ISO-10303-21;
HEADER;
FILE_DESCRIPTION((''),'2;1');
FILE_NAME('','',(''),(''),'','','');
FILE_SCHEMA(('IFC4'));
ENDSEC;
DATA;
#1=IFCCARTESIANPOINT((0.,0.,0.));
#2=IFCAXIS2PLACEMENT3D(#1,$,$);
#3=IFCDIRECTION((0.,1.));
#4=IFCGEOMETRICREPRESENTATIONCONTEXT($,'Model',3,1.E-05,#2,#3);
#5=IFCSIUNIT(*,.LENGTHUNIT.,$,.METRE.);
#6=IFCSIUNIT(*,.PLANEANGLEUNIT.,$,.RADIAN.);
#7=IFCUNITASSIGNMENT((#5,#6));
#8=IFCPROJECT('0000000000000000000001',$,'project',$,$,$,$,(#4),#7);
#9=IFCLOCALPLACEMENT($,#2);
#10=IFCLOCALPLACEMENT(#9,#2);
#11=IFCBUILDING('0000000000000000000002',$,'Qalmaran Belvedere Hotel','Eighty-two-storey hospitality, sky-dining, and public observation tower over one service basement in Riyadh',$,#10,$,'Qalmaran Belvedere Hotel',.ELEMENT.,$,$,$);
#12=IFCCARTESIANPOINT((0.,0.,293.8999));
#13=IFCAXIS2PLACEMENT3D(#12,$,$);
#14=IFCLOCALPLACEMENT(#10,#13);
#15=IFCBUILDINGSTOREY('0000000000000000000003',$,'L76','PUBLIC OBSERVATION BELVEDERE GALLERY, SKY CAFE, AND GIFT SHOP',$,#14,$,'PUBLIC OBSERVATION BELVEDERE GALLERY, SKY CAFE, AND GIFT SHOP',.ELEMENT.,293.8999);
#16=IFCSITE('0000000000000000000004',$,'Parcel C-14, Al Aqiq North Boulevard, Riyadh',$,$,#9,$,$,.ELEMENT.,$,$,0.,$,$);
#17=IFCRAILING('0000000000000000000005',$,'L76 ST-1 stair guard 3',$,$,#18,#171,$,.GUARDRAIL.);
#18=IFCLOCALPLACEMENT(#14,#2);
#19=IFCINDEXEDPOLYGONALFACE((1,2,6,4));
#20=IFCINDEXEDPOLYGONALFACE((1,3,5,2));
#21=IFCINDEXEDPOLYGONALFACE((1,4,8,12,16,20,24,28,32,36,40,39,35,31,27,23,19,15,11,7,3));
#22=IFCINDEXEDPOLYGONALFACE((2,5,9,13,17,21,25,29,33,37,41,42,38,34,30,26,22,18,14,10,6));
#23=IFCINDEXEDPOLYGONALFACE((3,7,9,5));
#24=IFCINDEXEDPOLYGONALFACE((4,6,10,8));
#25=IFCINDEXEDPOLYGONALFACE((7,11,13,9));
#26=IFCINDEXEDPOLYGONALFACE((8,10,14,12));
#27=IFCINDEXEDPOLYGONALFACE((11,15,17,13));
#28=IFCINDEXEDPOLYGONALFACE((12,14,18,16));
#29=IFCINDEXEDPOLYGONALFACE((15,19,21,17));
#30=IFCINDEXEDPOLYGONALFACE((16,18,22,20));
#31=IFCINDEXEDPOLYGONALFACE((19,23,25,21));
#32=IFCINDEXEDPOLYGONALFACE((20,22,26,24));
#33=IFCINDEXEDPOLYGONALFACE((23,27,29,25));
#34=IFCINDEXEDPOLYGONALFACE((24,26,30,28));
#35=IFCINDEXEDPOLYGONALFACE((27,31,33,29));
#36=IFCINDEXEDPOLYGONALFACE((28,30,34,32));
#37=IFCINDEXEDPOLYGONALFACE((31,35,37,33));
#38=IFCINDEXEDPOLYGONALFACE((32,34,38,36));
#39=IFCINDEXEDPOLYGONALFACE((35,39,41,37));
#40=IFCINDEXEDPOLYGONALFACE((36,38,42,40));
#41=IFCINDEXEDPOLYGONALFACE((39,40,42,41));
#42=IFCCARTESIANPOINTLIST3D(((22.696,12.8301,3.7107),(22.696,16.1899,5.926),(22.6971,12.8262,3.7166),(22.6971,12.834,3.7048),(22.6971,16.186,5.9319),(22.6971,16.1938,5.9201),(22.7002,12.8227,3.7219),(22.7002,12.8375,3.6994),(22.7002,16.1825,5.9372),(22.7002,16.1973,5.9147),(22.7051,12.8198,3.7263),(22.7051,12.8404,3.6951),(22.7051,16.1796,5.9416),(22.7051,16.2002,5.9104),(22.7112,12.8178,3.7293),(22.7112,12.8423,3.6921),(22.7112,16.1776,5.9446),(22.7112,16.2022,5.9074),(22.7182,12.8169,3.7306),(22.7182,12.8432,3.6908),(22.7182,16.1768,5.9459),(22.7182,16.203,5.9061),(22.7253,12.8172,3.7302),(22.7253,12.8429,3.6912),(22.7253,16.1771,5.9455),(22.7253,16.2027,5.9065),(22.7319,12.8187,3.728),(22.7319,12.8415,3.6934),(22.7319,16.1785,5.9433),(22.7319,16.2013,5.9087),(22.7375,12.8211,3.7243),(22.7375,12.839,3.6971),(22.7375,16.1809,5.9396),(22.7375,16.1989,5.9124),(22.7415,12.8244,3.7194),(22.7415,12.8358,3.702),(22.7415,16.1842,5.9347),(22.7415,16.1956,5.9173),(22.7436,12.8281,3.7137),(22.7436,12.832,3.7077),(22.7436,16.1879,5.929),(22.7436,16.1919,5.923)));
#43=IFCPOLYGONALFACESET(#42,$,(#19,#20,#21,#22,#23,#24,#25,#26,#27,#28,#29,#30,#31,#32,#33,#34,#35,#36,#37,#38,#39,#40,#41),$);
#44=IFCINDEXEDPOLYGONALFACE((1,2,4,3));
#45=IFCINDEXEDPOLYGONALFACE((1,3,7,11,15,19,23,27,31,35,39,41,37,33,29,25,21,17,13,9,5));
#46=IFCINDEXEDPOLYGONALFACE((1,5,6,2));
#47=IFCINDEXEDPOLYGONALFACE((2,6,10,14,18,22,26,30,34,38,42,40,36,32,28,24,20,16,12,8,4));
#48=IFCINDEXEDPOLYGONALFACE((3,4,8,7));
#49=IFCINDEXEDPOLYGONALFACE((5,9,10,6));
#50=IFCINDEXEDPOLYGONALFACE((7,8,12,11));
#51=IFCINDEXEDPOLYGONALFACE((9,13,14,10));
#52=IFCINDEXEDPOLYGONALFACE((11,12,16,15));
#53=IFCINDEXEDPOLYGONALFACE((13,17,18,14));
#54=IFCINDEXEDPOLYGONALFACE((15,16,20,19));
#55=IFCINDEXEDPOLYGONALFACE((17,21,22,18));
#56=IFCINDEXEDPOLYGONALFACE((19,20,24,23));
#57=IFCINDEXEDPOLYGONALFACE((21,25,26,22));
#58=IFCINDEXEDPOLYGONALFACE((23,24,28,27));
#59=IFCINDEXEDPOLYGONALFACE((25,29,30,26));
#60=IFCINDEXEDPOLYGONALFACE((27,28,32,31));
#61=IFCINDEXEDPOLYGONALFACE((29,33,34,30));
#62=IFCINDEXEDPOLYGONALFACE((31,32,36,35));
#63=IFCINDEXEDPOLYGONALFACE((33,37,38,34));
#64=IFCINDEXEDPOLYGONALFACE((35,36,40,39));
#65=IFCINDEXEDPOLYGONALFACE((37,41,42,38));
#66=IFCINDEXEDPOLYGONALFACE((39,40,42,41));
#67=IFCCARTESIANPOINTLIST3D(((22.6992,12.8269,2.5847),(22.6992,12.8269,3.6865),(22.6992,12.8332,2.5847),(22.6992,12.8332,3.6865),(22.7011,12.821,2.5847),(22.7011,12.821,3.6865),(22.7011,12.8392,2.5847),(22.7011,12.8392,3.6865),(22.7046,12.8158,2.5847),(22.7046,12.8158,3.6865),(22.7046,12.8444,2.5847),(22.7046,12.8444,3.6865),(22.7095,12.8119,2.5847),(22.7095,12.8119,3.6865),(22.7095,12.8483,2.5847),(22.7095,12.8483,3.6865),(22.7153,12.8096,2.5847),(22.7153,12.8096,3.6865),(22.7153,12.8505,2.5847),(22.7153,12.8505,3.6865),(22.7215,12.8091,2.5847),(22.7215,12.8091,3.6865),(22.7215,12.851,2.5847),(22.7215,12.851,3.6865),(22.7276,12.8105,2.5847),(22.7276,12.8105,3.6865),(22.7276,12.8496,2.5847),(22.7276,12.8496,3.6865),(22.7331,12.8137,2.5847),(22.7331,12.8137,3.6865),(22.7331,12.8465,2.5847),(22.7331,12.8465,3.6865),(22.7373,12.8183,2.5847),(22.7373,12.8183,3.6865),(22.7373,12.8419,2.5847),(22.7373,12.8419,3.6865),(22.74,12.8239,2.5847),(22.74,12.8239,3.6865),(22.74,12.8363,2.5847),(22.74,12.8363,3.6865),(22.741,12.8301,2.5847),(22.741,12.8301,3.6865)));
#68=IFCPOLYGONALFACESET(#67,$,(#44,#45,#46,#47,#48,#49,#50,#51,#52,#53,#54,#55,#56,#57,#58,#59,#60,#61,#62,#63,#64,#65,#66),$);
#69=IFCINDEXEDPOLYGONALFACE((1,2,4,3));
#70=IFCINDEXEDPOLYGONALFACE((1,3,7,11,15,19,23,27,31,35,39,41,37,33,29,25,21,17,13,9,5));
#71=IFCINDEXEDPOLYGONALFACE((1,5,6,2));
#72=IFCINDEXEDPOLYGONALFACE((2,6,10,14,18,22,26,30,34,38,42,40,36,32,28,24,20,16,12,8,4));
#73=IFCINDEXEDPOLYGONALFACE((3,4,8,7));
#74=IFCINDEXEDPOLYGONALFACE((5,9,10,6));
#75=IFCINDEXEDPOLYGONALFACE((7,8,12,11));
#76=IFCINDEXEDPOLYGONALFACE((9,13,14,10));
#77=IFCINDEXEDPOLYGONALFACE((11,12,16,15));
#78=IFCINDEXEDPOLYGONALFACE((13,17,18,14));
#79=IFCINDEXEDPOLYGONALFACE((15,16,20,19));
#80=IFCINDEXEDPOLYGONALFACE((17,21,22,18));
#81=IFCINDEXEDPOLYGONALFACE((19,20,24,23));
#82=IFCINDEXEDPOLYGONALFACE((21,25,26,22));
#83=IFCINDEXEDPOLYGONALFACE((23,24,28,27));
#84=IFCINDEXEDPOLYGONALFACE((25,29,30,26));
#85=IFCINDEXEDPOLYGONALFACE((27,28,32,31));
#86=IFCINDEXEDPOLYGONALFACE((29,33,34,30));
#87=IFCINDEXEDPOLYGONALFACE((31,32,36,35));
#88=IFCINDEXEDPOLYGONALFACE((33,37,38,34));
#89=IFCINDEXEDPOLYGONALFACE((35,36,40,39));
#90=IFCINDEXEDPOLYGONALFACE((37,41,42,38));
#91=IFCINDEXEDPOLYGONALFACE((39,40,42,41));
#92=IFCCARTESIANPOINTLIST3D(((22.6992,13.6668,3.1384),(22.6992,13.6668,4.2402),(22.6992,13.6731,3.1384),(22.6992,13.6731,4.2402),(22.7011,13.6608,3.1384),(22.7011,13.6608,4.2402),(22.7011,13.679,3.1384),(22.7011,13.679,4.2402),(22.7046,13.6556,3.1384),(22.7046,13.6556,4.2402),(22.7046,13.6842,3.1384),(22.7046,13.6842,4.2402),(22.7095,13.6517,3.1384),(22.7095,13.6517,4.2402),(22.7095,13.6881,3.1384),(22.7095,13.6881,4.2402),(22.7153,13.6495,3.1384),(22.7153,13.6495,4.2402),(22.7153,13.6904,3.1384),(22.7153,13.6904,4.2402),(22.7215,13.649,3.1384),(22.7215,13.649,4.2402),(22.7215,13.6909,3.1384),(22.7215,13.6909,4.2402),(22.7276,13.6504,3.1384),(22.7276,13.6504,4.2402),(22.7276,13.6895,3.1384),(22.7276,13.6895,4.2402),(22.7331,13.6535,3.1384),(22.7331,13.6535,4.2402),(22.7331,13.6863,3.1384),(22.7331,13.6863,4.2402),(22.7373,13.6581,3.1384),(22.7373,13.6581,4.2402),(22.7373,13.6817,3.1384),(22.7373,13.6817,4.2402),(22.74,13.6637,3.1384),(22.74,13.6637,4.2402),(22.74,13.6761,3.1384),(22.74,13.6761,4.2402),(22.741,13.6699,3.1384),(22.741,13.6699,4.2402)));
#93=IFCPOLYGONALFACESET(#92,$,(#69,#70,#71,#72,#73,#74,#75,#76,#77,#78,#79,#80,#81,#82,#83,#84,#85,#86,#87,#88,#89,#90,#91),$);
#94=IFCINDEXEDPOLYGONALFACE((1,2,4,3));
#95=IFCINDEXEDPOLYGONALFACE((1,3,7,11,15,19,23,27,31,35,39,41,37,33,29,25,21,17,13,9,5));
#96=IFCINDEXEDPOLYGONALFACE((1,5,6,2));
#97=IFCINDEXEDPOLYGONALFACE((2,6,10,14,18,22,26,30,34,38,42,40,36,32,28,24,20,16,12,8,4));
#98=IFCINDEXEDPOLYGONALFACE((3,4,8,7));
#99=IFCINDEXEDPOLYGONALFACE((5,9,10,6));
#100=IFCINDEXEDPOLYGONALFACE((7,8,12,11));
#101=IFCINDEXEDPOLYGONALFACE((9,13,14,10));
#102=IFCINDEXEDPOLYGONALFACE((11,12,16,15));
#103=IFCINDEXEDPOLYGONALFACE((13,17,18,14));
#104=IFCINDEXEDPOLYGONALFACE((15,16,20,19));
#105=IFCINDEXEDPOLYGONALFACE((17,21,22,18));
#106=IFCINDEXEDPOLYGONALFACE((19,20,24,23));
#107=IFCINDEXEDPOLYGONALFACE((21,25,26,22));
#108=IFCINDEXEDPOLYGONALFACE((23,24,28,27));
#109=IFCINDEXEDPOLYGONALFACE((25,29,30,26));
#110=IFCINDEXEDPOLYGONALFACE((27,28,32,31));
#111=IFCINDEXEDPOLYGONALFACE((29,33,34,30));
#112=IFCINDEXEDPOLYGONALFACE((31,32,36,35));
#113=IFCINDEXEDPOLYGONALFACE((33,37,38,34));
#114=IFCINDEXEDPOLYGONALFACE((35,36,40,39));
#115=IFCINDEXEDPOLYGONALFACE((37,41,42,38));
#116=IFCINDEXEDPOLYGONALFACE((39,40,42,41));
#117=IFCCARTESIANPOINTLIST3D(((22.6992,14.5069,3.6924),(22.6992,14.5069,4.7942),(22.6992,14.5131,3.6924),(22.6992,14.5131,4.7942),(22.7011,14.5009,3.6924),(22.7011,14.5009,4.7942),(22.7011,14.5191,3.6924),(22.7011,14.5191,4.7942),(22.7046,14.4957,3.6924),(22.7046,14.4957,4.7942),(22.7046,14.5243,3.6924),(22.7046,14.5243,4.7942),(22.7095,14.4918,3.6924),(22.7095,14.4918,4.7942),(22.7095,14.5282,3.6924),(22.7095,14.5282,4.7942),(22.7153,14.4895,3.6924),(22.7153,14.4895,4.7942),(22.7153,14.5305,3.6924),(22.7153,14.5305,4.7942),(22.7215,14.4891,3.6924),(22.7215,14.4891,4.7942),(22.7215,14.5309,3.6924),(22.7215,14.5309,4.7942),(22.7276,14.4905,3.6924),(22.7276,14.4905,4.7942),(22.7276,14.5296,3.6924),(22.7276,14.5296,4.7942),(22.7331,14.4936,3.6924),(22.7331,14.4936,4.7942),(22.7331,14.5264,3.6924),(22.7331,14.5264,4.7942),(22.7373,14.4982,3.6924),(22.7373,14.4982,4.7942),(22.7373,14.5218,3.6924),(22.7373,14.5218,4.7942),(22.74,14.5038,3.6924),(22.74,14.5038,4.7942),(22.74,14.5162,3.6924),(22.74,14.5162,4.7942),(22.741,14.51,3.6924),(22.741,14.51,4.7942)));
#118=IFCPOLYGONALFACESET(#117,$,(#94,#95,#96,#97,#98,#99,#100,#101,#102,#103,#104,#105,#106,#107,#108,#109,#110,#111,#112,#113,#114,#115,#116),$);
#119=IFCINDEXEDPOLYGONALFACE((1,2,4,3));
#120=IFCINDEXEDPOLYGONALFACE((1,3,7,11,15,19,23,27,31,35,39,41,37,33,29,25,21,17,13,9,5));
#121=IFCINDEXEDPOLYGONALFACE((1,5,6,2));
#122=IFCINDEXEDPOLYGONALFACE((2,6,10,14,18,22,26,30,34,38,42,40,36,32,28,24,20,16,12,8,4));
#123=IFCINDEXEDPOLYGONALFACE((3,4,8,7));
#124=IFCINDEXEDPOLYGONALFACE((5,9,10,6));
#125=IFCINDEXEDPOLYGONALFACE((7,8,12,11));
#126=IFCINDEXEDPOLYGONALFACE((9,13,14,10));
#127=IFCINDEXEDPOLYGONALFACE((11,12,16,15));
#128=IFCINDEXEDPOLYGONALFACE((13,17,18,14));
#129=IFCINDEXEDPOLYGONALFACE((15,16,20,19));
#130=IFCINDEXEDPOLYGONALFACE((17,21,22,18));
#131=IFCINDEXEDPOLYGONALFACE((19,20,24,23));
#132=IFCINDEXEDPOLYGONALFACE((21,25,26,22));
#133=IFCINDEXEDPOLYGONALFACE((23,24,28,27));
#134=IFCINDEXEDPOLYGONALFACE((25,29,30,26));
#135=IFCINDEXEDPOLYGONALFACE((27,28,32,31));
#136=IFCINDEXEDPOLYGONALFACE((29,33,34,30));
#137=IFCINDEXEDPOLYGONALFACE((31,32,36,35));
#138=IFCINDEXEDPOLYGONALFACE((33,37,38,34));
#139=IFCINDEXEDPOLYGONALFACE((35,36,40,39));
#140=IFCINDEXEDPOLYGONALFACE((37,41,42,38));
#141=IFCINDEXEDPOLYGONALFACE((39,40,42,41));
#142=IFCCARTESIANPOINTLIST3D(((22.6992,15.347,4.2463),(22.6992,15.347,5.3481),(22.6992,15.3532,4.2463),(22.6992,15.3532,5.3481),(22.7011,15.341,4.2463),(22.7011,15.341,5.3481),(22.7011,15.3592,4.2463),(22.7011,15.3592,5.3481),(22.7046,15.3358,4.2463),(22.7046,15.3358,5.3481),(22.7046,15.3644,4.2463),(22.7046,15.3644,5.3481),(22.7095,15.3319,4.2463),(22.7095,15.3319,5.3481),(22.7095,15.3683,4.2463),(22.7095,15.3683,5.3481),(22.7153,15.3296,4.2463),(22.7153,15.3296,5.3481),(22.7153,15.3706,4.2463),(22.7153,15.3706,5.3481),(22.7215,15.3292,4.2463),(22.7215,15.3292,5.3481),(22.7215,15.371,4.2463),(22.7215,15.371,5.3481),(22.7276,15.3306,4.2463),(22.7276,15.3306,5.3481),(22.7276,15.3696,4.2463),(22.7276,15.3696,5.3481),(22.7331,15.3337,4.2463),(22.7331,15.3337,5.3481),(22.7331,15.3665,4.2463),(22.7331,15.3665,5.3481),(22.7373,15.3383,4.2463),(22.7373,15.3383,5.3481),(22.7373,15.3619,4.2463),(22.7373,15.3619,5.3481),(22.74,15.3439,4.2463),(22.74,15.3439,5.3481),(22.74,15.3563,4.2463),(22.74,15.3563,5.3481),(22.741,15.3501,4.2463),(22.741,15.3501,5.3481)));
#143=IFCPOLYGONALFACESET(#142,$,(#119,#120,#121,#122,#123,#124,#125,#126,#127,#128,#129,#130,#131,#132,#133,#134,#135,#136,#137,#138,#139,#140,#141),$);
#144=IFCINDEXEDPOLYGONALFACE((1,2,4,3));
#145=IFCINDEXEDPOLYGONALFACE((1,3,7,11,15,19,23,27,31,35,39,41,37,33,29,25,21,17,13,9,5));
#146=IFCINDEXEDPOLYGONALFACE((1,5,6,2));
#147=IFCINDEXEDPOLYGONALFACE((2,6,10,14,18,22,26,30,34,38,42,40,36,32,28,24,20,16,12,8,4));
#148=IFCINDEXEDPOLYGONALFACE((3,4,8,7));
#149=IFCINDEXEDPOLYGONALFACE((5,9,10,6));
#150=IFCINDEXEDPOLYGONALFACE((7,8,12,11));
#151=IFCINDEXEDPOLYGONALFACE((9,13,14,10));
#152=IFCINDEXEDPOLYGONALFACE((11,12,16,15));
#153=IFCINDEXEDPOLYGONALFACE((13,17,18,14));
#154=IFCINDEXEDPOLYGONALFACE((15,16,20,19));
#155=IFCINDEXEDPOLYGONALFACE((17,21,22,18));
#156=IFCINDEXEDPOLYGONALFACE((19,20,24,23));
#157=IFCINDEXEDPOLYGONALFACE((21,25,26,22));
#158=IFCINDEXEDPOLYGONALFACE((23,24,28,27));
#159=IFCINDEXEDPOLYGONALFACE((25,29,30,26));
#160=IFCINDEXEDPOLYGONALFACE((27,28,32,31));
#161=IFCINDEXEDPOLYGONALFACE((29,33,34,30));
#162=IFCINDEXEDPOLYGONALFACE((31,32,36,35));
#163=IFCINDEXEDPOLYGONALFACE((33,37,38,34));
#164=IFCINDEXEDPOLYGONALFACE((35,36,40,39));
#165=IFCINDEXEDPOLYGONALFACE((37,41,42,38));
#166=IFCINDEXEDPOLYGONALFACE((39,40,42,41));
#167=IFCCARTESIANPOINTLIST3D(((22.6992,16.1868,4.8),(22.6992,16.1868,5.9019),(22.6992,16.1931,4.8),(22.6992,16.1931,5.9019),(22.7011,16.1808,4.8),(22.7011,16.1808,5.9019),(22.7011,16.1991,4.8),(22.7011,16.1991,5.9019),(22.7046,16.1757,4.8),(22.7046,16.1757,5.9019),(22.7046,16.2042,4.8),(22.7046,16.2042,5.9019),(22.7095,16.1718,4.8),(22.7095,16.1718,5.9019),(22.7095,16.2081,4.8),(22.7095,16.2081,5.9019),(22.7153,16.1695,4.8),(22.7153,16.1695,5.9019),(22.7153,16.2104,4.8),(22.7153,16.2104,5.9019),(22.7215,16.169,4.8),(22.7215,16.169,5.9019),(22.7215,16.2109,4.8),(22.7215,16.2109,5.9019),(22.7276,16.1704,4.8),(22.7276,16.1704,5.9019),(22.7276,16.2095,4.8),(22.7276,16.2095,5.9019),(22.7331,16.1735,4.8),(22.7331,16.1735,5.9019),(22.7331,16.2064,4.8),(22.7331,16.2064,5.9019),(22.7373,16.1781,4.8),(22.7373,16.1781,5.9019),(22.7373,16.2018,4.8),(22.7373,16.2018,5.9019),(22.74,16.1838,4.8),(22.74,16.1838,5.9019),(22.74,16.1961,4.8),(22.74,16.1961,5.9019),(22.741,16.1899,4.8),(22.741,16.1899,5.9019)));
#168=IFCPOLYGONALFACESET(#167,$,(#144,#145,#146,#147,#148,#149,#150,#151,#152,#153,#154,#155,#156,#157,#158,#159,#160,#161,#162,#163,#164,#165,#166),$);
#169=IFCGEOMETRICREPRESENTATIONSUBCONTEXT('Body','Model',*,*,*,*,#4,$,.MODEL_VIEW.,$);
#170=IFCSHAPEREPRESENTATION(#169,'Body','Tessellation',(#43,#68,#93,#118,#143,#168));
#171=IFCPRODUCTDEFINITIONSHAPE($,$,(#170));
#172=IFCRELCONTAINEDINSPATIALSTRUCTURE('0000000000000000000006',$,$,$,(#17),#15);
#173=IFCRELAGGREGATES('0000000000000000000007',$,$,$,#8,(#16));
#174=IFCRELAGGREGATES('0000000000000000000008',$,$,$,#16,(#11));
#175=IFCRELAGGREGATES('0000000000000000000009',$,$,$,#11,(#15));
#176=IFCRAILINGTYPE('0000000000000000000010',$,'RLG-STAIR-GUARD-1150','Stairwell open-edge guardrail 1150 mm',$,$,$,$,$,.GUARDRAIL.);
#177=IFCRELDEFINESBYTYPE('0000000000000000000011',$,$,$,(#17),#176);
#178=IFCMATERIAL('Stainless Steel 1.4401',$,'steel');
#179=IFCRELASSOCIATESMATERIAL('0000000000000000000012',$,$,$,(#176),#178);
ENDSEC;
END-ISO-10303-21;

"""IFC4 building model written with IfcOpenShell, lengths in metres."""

from ifc_helpers import new_model, si_unit, direction, frame, origin, origin_2d, place, context, subcontext, project, spatial, circle, extrude, material, type_object, element, save


model = new_model("IFC4")

# Units and contexts
model_context = context("Model", 3, precision=1e-05, world=origin(), true_north=direction((0.0, 1.0)))
body_context = subcontext(model_context, "Body", "Model", "MODEL_VIEW")
ifc_project = project(units=[si_unit("LENGTHUNIT", "METRE"), si_unit("PLANEANGLEUNIT", "RADIAN")], contexts=[model_context])

# Site, building, storey
site_placement = place(None, origin())
site = spatial("IfcSite", under=ifc_project, at=site_placement, Name="Parcel C-14, Al Aqiq North Boulevard, Riyadh", CompositionType="ELEMENT", RefElevation=0.0)
building_placement = place(site_placement, origin())
building = spatial("IfcBuilding", under=site, at=building_placement, Name="Qalmaran Belvedere Hotel", Description="Eighty-two-storey hospitality, sky-dining, and public observation tower over one service basement in Riyadh", LongName="Qalmaran Belvedere Hotel", CompositionType="ELEMENT")
storey_placement = place(building_placement, frame((0.0, 0.0, 293.8999)))
storey = spatial("IfcBuildingStorey", under=building, at=storey_placement, Name="L76", Description="PUBLIC OBSERVATION BELVEDERE GALLERY, SKY CAFE, AND GIFT SHOP", LongName="PUBLIC OBSERVATION BELVEDERE GALLERY, SKY CAFE, AND GIFT SHOP", CompositionType="ELEMENT", Elevation=293.8999)

# Shared definitions
ifc_material_1 = material(Name="Stainless Steel 1.4401", Category="steel")

# Railing
railing_type_1 = type_object("IfcRailingType", Name="RLG-STAIR-GUARD-1150", Description="Stairwell open-edge guardrail 1150 mm", PredefinedType="GUARDRAIL", material=ifc_material_1)
railing_1_placement = place(storey_placement, frame((22.72, 12.8301, 2.5847)))
element("IfcRailing", 1, at=railing_1_placement, inside=storey, type_object=railing_type_1, Name="L76 ST-1 stair guard 3", PredefinedType="GUARDRAIL", context=body_context, shape_type="SweptSolid", body=[
    extrude(circle(Radius=0.0239, at=origin_2d()), frame((0.0, 0.0, 1.126), z_axis=(0.0, 0.834858, 0.550465), x_axis=(-1.0, 0.0, 0.0)), (0.0, 0.0, 1.0), 4.0244),
    extrude(circle(Radius=0.021, at=origin_2d()), origin(), (0.0, 0.0, 1.0), 1.1018),
    extrude(circle(Radius=0.021, at=origin_2d()), frame((0.0, 0.8398, 0.5537)), (0.0, 0.0, 1.0), 1.1018),
    extrude(circle(Radius=0.021, at=origin_2d()), frame((0.0, 1.6799, 1.1077)), (0.0, 0.0, 1.0), 1.1018),
    extrude(circle(Radius=0.021, at=origin_2d()), frame((0.0, 2.52, 1.6616)), (0.0, 0.0, 1.0), 1.1018),
    extrude(circle(Radius=0.021, at=origin_2d()), frame((0.0, 3.3599, 2.2153)), (0.0, 0.0, 1.0), 1.1018),
])

save(model, "model.ifc")
